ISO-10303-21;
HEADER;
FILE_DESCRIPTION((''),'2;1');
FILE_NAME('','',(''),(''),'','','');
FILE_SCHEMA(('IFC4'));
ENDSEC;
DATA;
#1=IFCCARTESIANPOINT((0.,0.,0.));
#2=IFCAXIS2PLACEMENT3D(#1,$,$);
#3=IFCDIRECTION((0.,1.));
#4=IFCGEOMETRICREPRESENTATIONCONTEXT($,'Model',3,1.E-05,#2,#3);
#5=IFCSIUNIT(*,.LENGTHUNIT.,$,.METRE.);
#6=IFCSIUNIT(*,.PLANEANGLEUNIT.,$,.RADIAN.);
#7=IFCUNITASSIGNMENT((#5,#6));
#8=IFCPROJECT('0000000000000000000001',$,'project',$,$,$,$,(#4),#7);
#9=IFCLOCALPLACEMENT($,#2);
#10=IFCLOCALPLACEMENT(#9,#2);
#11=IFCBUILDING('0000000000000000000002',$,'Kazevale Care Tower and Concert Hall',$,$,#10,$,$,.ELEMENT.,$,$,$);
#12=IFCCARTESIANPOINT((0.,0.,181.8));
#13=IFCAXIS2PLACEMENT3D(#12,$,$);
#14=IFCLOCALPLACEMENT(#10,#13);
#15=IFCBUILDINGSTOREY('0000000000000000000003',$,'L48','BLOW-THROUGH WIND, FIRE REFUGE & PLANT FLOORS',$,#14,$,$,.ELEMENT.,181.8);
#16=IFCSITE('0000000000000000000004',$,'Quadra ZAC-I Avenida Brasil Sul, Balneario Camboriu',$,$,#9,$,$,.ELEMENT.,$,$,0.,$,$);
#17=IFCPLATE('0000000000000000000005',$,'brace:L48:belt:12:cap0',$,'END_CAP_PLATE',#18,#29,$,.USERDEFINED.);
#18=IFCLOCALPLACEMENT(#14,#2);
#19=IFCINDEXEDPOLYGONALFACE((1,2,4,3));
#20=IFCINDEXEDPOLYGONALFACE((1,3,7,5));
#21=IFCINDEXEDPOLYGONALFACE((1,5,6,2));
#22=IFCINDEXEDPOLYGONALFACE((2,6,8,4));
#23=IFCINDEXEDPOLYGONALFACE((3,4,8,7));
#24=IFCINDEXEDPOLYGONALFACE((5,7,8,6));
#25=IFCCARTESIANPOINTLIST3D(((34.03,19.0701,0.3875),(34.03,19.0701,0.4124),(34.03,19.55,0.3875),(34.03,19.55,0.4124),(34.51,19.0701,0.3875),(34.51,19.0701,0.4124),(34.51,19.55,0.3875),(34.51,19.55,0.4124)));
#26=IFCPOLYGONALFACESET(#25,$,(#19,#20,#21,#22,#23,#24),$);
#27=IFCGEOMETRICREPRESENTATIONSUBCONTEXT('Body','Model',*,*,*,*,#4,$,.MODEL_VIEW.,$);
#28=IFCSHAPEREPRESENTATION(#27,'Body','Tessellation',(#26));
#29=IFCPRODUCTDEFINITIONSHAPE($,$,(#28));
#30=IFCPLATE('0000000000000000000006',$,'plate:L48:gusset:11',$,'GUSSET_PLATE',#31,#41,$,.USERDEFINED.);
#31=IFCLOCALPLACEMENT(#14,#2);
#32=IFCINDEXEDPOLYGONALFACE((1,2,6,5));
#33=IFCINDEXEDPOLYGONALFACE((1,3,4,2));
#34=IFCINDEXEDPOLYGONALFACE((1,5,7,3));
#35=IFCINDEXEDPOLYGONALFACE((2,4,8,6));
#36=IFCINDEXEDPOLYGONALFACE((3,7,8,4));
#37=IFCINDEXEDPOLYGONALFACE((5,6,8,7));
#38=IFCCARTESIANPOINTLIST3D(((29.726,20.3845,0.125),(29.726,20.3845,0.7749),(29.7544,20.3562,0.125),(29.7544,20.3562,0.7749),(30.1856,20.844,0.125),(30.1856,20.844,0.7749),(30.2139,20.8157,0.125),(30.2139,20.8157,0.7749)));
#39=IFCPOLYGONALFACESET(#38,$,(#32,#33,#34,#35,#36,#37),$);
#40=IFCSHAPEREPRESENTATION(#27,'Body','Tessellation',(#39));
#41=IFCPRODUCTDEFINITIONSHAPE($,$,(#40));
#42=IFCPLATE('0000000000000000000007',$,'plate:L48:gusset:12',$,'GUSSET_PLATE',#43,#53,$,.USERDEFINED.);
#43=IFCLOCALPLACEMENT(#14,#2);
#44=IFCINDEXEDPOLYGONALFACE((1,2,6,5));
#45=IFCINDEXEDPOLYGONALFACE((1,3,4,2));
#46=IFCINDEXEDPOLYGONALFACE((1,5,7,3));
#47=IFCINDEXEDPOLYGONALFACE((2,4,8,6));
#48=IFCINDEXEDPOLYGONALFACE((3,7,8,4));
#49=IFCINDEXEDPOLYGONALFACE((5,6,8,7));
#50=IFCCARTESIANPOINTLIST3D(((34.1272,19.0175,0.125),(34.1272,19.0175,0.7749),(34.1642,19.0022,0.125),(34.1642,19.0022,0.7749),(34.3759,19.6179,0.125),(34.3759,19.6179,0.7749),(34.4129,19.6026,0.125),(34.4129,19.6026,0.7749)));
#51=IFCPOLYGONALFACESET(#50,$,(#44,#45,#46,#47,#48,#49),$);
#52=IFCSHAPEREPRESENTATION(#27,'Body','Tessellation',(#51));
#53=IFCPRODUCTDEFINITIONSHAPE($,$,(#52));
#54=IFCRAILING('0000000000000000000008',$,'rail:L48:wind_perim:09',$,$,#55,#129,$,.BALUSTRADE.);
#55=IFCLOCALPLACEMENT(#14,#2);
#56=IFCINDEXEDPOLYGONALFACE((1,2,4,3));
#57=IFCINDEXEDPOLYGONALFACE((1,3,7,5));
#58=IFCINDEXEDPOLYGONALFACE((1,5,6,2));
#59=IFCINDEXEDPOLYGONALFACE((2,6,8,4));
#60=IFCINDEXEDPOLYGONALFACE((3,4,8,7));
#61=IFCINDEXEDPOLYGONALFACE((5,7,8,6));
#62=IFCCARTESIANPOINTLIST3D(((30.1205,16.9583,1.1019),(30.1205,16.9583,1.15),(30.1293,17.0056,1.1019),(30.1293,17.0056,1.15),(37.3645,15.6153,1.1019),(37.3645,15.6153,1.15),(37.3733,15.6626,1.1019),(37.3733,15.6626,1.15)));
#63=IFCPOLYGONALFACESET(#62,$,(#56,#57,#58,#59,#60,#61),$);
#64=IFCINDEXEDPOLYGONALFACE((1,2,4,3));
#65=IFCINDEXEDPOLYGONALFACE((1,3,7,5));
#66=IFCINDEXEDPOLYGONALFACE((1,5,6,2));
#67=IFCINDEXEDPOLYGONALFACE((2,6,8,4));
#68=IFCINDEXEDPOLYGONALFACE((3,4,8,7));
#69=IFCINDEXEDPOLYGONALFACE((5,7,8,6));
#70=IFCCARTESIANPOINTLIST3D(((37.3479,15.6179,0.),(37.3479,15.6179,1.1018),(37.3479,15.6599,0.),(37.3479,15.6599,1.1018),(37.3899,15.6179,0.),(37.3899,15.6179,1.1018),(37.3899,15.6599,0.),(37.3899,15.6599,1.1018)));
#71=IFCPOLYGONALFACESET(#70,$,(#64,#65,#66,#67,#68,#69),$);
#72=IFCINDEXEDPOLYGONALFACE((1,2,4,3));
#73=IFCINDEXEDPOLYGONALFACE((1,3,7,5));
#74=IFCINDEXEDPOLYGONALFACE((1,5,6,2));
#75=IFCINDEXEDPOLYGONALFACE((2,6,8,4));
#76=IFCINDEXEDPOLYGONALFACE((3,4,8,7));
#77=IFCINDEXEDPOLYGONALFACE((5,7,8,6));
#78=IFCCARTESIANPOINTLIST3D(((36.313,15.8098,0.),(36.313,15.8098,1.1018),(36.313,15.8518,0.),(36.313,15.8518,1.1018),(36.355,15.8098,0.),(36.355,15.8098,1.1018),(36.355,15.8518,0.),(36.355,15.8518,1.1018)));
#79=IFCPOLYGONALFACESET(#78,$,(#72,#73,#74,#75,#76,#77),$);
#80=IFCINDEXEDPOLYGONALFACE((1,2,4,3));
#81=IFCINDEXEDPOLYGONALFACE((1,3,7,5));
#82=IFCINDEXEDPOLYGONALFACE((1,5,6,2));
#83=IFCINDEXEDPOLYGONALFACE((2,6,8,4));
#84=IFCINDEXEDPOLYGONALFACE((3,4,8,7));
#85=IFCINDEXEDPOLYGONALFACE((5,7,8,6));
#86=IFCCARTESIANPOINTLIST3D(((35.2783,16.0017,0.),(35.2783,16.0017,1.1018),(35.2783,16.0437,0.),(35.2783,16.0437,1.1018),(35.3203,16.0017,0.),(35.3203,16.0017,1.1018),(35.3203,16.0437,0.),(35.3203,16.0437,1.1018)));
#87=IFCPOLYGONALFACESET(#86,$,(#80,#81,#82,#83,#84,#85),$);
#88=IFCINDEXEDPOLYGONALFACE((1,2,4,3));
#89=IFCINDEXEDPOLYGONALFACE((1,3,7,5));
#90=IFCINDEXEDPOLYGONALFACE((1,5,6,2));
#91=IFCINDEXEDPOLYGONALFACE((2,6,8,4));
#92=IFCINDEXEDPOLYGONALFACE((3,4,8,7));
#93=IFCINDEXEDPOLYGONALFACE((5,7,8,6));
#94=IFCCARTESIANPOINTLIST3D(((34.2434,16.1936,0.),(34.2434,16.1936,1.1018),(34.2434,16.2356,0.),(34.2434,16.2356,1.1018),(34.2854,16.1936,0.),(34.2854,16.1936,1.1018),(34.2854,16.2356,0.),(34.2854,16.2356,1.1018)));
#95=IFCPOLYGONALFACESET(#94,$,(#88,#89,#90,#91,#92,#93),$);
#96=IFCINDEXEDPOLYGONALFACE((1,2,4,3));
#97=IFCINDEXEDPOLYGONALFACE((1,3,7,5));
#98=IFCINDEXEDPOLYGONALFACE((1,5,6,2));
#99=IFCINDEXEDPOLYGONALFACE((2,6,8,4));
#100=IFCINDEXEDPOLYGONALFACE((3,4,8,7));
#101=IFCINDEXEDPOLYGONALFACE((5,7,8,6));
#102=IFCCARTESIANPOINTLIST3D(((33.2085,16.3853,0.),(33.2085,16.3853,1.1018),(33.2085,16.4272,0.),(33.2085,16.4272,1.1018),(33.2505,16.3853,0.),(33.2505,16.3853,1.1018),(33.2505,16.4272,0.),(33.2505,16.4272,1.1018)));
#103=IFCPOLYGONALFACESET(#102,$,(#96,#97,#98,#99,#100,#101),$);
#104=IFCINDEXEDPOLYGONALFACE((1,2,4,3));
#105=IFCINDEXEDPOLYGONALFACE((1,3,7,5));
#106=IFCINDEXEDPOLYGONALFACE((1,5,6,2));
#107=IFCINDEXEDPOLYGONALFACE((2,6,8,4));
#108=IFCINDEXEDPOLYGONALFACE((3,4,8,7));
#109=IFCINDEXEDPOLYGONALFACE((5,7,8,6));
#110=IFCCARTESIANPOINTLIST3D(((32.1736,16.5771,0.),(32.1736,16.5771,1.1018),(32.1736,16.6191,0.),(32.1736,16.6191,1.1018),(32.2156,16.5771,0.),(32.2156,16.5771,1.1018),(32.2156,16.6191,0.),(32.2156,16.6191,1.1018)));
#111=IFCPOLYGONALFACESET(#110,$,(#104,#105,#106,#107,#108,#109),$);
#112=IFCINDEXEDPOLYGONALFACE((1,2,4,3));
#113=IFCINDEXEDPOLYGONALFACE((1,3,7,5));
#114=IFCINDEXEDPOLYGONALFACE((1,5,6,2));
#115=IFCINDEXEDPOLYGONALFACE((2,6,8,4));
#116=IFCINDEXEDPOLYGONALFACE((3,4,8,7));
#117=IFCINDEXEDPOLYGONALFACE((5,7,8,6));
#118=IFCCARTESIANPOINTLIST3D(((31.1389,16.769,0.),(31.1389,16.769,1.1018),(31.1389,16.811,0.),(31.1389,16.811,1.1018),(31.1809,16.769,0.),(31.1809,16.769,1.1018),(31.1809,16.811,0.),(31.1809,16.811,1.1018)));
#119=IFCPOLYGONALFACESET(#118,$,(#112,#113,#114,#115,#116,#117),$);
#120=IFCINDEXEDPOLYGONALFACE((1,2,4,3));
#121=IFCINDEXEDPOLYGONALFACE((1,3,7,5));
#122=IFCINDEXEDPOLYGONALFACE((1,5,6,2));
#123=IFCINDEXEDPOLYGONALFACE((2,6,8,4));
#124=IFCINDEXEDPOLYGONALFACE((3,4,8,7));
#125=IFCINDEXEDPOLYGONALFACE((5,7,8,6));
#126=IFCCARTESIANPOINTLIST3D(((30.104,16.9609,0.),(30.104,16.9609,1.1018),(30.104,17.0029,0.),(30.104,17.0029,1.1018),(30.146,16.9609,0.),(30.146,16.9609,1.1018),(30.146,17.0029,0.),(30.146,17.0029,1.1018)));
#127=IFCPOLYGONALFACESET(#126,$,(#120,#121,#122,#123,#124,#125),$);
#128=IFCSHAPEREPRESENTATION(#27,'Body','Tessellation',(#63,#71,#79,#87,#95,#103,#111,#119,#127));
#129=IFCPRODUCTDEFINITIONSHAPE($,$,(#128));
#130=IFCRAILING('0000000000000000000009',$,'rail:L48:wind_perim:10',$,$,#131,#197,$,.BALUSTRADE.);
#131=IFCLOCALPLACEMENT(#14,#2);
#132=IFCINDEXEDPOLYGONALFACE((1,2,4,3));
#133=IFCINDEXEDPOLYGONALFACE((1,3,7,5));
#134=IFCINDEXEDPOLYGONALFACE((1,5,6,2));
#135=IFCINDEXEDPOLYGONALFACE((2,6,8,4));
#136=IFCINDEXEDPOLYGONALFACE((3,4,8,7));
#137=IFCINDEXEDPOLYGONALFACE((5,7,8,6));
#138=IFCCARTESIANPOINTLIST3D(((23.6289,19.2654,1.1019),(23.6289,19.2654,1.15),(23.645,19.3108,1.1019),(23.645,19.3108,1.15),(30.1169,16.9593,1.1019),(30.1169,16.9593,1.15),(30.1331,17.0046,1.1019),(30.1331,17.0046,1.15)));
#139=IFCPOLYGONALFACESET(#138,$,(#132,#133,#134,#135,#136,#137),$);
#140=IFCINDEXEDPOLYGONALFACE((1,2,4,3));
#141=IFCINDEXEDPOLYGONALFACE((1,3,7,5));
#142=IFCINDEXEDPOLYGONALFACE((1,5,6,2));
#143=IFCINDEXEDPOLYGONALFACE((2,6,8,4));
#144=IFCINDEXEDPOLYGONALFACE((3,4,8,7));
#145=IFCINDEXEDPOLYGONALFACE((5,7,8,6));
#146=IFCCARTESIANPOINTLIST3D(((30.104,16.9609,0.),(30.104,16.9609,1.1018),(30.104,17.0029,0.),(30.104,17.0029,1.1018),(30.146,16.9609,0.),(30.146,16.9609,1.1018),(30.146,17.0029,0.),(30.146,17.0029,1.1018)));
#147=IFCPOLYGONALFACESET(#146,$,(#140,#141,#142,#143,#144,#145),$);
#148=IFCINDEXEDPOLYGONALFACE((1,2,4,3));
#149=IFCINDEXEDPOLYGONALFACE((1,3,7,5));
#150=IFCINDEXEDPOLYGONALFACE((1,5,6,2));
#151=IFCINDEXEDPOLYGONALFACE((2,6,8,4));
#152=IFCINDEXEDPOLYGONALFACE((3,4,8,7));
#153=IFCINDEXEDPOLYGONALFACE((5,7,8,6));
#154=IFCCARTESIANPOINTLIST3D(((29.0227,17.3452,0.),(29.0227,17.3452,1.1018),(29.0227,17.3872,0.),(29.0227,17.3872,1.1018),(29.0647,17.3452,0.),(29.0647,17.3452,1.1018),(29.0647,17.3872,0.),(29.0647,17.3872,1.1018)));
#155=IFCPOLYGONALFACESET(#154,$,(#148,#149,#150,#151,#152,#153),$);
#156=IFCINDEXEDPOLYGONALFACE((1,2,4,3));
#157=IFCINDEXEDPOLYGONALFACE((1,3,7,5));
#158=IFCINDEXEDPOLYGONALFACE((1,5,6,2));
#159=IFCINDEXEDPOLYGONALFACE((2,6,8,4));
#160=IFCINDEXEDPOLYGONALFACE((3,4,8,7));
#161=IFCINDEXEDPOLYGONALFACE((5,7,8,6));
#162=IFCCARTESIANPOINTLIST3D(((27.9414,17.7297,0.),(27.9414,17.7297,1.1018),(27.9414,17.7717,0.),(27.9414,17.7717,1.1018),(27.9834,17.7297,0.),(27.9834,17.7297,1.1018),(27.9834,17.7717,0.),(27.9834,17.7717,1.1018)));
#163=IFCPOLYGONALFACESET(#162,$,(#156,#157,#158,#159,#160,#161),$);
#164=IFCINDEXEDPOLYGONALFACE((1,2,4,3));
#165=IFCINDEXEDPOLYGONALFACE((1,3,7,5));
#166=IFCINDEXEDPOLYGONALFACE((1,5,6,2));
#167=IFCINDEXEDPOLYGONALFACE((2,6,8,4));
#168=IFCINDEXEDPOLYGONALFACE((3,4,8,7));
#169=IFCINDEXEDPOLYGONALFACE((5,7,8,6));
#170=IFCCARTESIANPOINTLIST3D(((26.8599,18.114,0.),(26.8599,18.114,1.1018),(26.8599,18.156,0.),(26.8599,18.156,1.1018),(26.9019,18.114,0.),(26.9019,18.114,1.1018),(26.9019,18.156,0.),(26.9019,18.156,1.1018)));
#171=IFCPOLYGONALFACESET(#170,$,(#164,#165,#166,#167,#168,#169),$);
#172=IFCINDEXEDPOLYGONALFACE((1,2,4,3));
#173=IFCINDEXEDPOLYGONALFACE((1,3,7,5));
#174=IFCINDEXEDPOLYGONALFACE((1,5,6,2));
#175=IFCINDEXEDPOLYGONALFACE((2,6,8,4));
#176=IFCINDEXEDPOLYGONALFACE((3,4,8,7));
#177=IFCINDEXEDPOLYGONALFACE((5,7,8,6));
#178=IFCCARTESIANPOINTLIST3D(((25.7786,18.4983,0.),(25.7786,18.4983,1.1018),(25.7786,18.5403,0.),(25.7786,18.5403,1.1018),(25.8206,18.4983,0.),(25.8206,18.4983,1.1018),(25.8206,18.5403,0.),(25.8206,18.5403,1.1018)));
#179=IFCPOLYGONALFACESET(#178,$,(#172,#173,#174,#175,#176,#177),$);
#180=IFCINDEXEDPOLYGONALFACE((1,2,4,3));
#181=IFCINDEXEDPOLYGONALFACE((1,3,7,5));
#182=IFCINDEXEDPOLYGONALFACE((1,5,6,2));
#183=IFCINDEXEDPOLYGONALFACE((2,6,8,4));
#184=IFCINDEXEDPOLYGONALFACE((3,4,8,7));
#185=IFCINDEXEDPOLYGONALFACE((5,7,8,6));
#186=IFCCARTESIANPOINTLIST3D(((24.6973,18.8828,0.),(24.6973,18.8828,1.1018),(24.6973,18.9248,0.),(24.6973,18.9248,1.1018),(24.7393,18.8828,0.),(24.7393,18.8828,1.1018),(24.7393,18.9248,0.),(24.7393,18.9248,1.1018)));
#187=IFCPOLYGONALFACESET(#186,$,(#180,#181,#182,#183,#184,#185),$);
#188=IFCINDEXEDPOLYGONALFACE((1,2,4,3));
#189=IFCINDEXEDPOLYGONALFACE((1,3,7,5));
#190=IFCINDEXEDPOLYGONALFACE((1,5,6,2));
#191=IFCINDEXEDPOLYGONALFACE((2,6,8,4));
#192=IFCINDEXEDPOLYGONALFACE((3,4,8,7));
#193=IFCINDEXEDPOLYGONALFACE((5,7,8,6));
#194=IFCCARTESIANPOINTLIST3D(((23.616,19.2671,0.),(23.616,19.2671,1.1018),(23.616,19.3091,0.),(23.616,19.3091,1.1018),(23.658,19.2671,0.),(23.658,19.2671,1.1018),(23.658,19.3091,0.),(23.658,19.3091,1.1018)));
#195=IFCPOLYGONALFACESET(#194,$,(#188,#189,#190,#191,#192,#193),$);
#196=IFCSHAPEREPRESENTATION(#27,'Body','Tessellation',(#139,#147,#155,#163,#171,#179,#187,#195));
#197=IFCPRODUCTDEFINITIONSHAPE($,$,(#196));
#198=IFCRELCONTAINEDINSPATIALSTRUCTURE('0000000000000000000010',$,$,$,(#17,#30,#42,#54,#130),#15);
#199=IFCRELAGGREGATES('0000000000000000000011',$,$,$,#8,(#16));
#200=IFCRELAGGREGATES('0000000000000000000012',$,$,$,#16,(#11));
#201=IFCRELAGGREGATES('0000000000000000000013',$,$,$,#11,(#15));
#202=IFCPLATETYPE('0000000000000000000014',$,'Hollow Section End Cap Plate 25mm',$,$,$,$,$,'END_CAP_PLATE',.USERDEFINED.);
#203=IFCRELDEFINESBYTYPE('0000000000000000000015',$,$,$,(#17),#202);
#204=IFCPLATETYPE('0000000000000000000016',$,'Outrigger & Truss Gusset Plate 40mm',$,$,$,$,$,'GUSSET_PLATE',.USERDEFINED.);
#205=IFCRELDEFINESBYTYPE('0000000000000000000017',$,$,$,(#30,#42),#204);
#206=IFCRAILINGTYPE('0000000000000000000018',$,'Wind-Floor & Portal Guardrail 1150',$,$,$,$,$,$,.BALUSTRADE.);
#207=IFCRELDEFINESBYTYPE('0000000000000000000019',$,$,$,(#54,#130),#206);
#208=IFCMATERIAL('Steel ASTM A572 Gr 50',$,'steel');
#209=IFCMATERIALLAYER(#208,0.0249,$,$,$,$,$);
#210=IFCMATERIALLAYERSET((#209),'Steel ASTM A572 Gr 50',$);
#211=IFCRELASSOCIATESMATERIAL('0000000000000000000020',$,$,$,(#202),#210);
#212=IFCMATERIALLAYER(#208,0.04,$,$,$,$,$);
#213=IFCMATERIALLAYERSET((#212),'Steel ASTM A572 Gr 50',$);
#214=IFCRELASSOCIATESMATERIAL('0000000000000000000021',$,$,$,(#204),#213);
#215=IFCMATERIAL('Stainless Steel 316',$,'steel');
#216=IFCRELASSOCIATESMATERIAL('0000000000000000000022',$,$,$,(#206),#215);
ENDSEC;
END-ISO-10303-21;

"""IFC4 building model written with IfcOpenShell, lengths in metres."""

from ifc_helpers import new_model, si_unit, direction, frame, origin, origin_2d, place, context, subcontext, project, spatial, rectangle, extrude, material, layer, layer_set, type_object, element, save


model = new_model("IFC4")

# Units and contexts
model_context = context("Model", 3, precision=1e-05, world=origin(), true_north=direction((0.0, 1.0)))
body_context = subcontext(model_context, "Body", "Model", "MODEL_VIEW")
ifc_project = project(units=[si_unit("LENGTHUNIT", "METRE"), si_unit("PLANEANGLEUNIT", "RADIAN")], contexts=[model_context])

# Site, building, storey
site_placement = place(None, origin())
site = spatial("IfcSite", under=ifc_project, at=site_placement, Name="Quadra ZAC-I Avenida Brasil Sul, Balneario Camboriu", CompositionType="ELEMENT", RefElevation=0.0)
building_placement = place(site_placement, origin())
building = spatial("IfcBuilding", under=site, at=building_placement, Name="Kazevale Care Tower and Concert Hall", CompositionType="ELEMENT")
storey_placement = place(building_placement, frame((0.0, 0.0, 181.8)))
storey = spatial("IfcBuildingStorey", under=building, at=storey_placement, Name="L48", Description="BLOW-THROUGH WIND, FIRE REFUGE & PLANT FLOORS", CompositionType="ELEMENT", Elevation=181.8)

# Shared definitions
ifc_material_1 = material(Name="Steel ASTM A572 Gr 50", Category="steel")

# Plates
ifc_layer_1 = layer(ifc_material_1, 0.0249)
ifc_layer_set_1 = layer_set([ifc_layer_1], Name="Steel ASTM A572 Gr 50")
plate_type_1 = type_object("IfcPlateType", Name="Hollow Section End Cap Plate 25mm", ElementType="END_CAP_PLATE", PredefinedType="USERDEFINED", material=ifc_layer_set_1)
for number, where, z_axis, x_axis, name in (
    (1, (34.27, 19.3101, 0.3875), (0.0, 0.0, 1.0), (1.0, 0.0, 0.0), "brace:L48:belt:12:cap0"),
):
    element("IfcPlate", number, at=place(storey_placement, frame(where, z_axis=z_axis, x_axis=x_axis)), inside=storey, type_object=plate_type_1, Name=name, ObjectType="END_CAP_PLATE", PredefinedType="USERDEFINED", context=body_context, shape_type="SweptSolid", body=[
        extrude(rectangle(XDim=0.48, YDim=0.48, at=origin_2d()), origin(), (0.0, 0.0, 1.0), 0.0249),
    ])
ifc_layer_2 = layer(ifc_material_1, 0.04)
ifc_layer_set_2 = layer_set([ifc_layer_2], Name="Steel ASTM A572 Gr 50")
plate_type_2 = type_object("IfcPlateType", Name="Outrigger & Truss Gusset Plate 40mm", ElementType="GUSSET_PLATE", PredefinedType="USERDEFINED", material=ifc_layer_set_2)
for number, where, z_axis, x_axis, name in (
    (2, (29.97, 20.6001, 0.125), (0.0, 0.0, 1.0), (-0.707107, -0.707107, 0.0), "plate:L48:gusset:11"),
    (3, (34.27, 19.3101, 0.125), (0.0, 0.0, 1.0), (-0.382683, -0.92388, 0.0), "plate:L48:gusset:12"),
):
    element("IfcPlate", number, at=place(storey_placement, frame(where, z_axis=z_axis, x_axis=x_axis)), inside=storey, type_object=plate_type_2, Name=name, ObjectType="GUSSET_PLATE", PredefinedType="USERDEFINED", context=body_context, shape_type="SweptSolid", body=[
        extrude(rectangle(XDim=0.6499, YDim=0.04, at=origin_2d()), origin(), (0.0, 0.0, 1.0), 0.6499),
    ])

# Railings
ifc_material_2 = material(Name="Stainless Steel 316", Category="steel")
railing_type = type_object("IfcRailingType", Name="Wind-Floor & Portal Guardrail 1150", PredefinedType="BALUSTRADE", material=ifc_material_2)
railing_1_placement = place(storey_placement, frame((37.3689, 15.6389, 0.0)))
element("IfcRailing", 4, at=railing_1_placement, inside=storey, type_object=railing_type, Name="rail:L48:wind_perim:09", PredefinedType="BALUSTRADE", context=body_context, shape_type="SweptSolid", body=[
    extrude(rectangle(XDim=0.0481, YDim=0.0481, at=origin_2d()), frame((0.0, 0.0, 1.126), z_axis=(-0.983244, 0.182293, 0.0), x_axis=(-0.182293, -0.983244, 0.0)), (0.0, 0.0, 1.0), 7.3674),
    extrude(rectangle(XDim=0.042, YDim=0.042, at=origin_2d()), origin(), (0.0, 0.0, 1.0), 1.1018),
    extrude(rectangle(XDim=0.042, YDim=0.042, at=origin_2d()), frame((-1.0349, 0.1919, 0.0)), (0.0, 0.0, 1.0), 1.1018),
    extrude(rectangle(XDim=0.042, YDim=0.042, at=origin_2d()), frame((-2.0696, 0.3838, 0.0)), (0.0, 0.0, 1.0), 1.1018),
    extrude(rectangle(XDim=0.042, YDim=0.042, at=origin_2d()), frame((-3.1045, 0.5757, 0.0)), (0.0, 0.0, 1.0), 1.1018),
    extrude(rectangle(XDim=0.042, YDim=0.042, at=origin_2d()), frame((-4.1394, 0.7673, 0.0)), (0.0, 0.0, 1.0), 1.1018),
    extrude(rectangle(XDim=0.042, YDim=0.042, at=origin_2d()), frame((-5.1743, 0.9592, 0.0)), (0.0, 0.0, 1.0), 1.1018),
    extrude(rectangle(XDim=0.042, YDim=0.042, at=origin_2d()), frame((-6.209, 1.1511, 0.0)), (0.0, 0.0, 1.0), 1.1018),
    extrude(rectangle(XDim=0.042, YDim=0.042, at=origin_2d()), frame((-7.2439, 1.343, 0.0)), (0.0, 0.0, 1.0), 1.1018),
])
railing_2_placement = place(storey_placement, frame((30.125, 16.9819, 0.0)))
element("IfcRailing", 5, at=railing_2_placement, inside=storey, type_object=railing_type, Name="rail:L48:wind_perim:10", PredefinedType="BALUSTRADE", context=body_context, shape_type="SweptSolid", body=[
    extrude(rectangle(XDim=0.0481, YDim=0.0481, at=origin_2d()), frame((0.0, 0.0, 1.126), z_axis=(-0.942247, 0.334919, 0.0), x_axis=(-0.334919, -0.942247, 0.0)), (0.0, 0.0, 1.0), 6.8857),
    extrude(rectangle(XDim=0.042, YDim=0.042, at=origin_2d()), origin(), (0.0, 0.0, 1.0), 1.1018),
    extrude(rectangle(XDim=0.042, YDim=0.042, at=origin_2d()), frame((-1.0813, 0.3843, 0.0)), (0.0, 0.0, 1.0), 1.1018),
    extrude(rectangle(XDim=0.042, YDim=0.042, at=origin_2d()), frame((-2.1626, 0.7688, 0.0)), (0.0, 0.0, 1.0), 1.1018),
    extrude(rectangle(XDim=0.042, YDim=0.042, at=origin_2d()), frame((-3.2441, 1.1531, 0.0)), (0.0, 0.0, 1.0), 1.1018),
    extrude(rectangle(XDim=0.042, YDim=0.042, at=origin_2d()), frame((-4.3254, 1.5374, 0.0)), (0.0, 0.0, 1.0), 1.1018),
    extrude(rectangle(XDim=0.042, YDim=0.042, at=origin_2d()), frame((-5.4067, 1.9219, 0.0)), (0.0, 0.0, 1.0), 1.1018),
    extrude(rectangle(XDim=0.042, YDim=0.042, at=origin_2d()), frame((-6.488, 2.3062, 0.0)), (0.0, 0.0, 1.0), 1.1018),
])

save(model, "model.ifc")
